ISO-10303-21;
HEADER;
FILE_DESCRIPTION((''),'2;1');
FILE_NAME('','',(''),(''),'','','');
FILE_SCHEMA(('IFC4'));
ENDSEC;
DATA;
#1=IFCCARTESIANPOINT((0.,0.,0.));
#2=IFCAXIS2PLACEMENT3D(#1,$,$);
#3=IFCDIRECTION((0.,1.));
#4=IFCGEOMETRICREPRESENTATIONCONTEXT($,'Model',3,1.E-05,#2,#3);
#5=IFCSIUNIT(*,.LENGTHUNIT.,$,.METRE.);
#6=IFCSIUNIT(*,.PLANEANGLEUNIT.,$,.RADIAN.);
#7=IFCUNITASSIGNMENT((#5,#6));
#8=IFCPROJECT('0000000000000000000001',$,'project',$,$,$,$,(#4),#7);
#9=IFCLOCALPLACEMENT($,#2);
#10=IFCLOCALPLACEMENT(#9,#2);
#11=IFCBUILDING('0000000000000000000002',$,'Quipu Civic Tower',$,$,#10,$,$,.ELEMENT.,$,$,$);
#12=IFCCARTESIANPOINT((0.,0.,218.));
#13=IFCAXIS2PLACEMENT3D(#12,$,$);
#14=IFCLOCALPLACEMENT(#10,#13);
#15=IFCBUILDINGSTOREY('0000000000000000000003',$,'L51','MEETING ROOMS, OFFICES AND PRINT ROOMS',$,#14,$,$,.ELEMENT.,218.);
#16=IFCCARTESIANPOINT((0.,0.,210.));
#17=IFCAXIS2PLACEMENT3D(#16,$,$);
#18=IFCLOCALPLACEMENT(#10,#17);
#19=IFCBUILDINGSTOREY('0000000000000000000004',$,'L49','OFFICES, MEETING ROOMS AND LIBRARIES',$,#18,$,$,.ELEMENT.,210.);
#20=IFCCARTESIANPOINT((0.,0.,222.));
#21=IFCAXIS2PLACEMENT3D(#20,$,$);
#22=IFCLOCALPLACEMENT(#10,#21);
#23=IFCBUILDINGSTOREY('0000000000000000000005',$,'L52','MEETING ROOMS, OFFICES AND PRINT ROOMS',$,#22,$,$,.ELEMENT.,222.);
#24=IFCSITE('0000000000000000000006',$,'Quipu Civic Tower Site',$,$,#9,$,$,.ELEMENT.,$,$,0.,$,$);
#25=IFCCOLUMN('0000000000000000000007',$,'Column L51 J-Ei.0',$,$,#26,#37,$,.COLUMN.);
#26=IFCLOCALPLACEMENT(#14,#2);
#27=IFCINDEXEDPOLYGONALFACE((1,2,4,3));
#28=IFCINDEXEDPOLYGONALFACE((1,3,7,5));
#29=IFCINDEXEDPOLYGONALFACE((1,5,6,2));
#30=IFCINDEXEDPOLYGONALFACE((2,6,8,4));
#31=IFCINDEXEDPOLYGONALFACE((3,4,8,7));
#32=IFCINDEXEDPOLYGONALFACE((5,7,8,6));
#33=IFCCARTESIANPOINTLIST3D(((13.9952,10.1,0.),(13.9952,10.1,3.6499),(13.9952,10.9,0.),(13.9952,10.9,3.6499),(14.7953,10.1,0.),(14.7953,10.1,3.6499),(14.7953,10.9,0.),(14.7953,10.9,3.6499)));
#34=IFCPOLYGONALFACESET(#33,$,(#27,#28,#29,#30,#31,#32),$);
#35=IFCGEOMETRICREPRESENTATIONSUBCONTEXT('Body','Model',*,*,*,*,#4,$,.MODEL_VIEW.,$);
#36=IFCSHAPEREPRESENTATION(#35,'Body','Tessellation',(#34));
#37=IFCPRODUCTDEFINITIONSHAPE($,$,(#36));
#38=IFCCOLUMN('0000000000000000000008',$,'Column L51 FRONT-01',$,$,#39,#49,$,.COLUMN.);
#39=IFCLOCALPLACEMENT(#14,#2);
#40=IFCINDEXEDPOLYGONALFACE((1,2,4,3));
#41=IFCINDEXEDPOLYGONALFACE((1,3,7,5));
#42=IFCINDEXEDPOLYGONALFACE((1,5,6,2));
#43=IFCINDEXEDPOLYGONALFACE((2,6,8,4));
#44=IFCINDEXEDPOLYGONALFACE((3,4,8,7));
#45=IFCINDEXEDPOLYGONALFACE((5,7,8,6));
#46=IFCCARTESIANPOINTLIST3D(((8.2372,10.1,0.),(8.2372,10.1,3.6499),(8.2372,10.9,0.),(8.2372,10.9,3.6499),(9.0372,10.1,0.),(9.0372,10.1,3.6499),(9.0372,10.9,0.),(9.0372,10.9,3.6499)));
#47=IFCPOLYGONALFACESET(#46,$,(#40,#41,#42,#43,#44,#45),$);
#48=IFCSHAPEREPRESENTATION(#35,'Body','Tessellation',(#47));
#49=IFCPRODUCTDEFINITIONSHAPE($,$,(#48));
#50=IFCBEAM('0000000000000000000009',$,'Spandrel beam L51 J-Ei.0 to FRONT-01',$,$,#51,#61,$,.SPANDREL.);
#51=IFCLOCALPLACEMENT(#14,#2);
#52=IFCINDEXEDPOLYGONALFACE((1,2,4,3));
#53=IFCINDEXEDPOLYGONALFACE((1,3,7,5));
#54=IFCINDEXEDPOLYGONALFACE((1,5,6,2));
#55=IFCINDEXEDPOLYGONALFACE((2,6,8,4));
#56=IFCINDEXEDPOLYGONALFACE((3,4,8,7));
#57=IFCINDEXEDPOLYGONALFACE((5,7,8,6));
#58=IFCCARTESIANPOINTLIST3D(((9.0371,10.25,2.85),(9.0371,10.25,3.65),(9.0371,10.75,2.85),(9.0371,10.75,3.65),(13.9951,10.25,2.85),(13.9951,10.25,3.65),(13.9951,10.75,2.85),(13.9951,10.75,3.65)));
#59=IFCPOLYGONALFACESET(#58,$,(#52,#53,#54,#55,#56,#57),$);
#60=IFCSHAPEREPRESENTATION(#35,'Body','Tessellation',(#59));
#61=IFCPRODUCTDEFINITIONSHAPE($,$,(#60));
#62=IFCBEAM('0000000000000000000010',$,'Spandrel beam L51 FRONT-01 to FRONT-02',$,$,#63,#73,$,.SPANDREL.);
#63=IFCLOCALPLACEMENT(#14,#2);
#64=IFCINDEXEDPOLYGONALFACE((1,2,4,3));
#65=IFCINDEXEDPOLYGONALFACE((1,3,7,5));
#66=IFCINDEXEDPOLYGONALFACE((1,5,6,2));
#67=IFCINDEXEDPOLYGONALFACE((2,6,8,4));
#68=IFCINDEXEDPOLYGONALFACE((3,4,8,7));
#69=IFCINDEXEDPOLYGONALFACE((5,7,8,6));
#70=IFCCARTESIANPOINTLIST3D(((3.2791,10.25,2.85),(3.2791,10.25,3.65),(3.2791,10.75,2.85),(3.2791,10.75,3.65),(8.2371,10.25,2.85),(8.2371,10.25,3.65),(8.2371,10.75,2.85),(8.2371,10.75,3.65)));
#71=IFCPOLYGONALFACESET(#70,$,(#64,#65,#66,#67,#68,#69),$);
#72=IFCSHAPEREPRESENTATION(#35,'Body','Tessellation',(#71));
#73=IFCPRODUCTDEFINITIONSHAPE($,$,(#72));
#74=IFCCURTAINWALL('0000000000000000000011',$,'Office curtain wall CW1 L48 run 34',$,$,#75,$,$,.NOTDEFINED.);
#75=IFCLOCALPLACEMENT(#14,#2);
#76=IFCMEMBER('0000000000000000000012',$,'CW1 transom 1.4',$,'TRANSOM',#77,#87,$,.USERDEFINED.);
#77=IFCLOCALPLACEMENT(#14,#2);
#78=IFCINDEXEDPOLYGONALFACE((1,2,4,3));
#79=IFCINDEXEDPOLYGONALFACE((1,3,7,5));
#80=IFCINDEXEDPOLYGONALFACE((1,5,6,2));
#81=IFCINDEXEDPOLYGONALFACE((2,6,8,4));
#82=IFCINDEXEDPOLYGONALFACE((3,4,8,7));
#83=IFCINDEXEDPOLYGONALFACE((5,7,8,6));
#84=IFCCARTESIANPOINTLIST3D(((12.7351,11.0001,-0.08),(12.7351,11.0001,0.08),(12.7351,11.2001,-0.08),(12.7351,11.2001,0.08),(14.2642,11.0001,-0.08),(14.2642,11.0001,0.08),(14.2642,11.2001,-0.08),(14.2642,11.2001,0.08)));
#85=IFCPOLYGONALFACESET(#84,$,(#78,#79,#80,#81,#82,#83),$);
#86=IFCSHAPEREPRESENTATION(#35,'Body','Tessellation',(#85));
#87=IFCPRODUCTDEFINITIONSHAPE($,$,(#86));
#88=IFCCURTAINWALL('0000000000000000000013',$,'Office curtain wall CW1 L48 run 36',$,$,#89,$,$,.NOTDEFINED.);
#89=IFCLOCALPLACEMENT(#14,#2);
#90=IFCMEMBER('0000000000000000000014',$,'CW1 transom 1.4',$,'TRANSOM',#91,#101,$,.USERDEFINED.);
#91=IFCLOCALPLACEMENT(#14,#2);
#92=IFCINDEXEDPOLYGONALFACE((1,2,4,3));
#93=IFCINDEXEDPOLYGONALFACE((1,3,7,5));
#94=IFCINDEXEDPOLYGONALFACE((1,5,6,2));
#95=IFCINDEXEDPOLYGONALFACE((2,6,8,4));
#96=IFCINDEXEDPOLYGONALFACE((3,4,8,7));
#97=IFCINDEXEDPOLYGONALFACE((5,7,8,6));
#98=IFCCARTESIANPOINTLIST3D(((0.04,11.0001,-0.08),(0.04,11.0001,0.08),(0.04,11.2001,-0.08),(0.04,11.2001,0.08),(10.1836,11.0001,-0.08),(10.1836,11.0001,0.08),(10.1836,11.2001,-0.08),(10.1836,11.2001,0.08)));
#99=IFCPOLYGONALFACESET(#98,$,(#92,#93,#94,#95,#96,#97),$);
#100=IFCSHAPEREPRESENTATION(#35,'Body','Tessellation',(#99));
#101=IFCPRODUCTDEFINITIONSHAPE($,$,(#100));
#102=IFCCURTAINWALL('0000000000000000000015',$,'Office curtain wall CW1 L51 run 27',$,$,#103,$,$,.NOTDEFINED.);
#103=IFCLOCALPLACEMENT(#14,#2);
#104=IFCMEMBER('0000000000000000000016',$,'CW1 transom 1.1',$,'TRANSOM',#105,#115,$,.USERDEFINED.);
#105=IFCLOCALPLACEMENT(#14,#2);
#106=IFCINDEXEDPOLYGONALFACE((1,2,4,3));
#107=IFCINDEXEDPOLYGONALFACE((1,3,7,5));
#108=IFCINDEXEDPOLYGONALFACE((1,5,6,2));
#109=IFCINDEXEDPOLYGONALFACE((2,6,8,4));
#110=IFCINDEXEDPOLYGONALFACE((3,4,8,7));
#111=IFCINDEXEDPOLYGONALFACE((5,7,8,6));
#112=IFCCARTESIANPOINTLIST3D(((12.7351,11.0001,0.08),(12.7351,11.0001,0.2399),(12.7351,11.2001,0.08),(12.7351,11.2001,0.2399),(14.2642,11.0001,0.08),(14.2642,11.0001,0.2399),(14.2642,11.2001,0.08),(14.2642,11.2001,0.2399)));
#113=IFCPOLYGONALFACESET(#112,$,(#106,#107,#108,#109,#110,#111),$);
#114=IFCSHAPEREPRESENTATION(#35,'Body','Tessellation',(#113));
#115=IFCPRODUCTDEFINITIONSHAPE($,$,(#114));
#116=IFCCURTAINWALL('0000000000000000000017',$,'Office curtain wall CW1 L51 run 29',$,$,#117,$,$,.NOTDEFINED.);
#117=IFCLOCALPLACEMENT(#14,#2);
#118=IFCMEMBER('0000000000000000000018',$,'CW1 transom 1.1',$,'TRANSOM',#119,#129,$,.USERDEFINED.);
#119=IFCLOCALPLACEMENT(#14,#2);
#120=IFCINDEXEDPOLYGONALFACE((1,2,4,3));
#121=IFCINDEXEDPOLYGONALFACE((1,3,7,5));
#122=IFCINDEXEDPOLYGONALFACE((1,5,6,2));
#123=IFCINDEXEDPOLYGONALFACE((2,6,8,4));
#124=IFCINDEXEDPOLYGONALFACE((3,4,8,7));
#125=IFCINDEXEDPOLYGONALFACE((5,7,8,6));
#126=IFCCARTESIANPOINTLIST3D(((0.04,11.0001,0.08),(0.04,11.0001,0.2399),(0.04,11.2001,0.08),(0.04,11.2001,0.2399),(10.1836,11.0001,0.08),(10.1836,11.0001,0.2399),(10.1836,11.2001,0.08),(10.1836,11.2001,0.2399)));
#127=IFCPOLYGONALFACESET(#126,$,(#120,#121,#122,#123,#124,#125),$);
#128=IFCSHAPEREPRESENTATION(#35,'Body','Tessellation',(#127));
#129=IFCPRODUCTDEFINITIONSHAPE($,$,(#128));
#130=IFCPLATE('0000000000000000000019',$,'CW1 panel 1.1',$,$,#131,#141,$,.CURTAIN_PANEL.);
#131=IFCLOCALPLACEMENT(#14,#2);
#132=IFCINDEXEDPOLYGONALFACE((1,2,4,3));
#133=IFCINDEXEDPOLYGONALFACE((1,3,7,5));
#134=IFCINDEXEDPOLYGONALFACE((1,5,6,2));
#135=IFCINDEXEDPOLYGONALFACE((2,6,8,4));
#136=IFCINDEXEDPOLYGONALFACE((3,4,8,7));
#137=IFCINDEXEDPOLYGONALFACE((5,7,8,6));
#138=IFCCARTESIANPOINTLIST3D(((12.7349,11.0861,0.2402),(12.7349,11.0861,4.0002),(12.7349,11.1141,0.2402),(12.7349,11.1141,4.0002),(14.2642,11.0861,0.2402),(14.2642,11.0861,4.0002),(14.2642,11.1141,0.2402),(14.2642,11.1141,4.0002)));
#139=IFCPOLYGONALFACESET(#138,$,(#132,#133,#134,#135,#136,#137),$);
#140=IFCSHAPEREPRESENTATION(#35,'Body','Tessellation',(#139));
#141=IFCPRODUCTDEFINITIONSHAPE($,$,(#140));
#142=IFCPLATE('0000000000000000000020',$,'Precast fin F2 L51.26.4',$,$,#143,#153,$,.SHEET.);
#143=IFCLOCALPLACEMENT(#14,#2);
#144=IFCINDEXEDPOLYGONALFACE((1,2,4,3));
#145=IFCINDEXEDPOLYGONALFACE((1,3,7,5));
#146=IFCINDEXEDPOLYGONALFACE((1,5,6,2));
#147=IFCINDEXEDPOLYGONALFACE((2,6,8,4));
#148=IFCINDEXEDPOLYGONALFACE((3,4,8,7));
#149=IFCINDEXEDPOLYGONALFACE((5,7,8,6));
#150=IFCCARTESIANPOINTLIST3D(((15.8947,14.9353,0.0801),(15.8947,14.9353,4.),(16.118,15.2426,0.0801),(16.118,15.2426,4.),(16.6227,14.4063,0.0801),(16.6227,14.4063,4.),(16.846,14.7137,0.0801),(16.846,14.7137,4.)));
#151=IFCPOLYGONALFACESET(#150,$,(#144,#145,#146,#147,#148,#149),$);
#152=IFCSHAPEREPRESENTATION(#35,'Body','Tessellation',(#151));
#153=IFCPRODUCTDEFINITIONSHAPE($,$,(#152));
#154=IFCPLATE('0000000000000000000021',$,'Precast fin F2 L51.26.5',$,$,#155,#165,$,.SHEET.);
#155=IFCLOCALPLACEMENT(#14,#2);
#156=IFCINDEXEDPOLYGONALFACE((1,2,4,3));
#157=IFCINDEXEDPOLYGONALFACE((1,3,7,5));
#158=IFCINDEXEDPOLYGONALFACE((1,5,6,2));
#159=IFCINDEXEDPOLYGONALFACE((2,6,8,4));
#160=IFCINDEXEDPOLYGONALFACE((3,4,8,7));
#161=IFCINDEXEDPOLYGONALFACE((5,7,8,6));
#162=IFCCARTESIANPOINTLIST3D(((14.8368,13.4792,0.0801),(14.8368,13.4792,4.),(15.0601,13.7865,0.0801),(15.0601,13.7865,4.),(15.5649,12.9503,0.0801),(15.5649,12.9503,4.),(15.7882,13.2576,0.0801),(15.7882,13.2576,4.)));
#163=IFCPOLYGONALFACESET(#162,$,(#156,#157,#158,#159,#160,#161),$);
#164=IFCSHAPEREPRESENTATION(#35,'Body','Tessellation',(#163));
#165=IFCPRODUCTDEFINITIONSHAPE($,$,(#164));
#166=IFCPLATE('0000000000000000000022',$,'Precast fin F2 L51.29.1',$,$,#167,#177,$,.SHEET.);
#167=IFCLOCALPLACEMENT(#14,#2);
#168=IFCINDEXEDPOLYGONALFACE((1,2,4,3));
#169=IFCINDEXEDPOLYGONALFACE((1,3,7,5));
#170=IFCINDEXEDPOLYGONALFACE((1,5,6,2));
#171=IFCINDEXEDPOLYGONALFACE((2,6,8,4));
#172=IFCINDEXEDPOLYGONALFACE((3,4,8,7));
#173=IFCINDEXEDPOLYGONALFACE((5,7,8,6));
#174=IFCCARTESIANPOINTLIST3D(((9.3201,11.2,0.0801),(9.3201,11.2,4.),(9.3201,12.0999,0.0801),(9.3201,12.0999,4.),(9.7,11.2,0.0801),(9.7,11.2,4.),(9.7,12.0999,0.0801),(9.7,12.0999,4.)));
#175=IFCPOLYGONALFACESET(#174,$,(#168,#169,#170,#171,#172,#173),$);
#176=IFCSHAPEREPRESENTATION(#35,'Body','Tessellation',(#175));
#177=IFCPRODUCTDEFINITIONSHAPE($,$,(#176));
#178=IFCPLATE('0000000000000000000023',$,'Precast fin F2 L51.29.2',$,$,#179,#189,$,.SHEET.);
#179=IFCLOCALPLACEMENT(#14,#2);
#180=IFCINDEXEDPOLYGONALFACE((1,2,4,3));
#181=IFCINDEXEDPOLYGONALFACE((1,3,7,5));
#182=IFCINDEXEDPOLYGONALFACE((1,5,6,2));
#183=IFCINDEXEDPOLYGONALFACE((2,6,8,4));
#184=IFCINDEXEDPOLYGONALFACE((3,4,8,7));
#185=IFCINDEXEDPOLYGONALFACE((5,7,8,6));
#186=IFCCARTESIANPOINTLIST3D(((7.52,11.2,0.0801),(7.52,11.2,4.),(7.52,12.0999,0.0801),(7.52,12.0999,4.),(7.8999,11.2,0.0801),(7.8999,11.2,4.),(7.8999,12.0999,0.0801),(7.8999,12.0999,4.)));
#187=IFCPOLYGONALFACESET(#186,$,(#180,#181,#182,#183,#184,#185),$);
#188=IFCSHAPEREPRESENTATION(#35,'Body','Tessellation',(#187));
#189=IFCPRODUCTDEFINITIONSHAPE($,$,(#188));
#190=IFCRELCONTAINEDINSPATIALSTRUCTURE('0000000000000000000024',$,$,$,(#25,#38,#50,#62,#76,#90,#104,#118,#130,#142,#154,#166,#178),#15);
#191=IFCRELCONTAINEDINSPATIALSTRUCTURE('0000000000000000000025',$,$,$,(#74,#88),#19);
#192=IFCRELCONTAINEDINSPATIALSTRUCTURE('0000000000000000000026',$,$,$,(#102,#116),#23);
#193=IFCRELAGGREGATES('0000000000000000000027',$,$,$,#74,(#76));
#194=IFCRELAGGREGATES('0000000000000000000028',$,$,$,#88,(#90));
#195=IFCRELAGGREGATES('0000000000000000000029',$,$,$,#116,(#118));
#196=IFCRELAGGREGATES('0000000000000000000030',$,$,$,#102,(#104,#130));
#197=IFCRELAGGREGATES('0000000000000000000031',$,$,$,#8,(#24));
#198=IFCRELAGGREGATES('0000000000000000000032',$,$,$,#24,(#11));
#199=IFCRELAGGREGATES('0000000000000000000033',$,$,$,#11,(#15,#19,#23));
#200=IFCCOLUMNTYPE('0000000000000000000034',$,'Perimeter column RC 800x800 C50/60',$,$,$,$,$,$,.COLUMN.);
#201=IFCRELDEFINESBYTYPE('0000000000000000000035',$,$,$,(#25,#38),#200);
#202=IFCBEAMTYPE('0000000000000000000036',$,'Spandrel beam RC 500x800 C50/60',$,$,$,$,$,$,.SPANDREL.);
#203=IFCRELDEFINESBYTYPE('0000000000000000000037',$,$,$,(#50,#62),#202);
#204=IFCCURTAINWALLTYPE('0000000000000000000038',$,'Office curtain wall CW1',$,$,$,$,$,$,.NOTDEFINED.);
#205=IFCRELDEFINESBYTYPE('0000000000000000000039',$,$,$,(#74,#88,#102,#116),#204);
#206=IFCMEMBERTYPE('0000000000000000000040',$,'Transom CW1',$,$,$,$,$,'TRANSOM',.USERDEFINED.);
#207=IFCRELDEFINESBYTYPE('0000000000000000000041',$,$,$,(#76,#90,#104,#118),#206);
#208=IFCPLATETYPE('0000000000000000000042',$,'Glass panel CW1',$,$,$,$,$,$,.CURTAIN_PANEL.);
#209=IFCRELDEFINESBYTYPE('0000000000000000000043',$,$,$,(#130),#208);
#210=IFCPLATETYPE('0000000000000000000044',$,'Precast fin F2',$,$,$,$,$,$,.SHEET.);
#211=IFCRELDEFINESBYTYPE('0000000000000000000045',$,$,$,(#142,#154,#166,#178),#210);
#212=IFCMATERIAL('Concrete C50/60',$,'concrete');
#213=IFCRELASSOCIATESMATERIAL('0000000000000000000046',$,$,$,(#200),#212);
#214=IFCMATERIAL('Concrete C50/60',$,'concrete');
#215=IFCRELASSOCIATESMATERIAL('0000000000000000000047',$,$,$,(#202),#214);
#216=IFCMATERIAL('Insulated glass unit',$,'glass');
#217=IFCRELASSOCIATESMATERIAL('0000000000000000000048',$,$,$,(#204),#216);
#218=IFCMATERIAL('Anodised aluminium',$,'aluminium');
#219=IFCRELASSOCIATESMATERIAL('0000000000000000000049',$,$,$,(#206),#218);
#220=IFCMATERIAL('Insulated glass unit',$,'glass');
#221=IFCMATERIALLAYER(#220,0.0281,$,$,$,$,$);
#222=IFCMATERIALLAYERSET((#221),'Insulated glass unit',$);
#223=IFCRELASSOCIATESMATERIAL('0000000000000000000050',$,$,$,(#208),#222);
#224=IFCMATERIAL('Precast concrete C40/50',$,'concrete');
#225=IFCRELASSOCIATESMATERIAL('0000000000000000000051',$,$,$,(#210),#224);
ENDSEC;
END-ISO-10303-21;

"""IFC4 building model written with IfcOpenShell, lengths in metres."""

from ifc_helpers import new_model, si_unit, direction, frame, origin, origin_2d, place, context, subcontext, project, spatial, rectangle, extrude, material, layer, layer_set, material_profile, profile_set, type_object, element, aggregate, save


model = new_model("IFC4")

# Units and contexts
model_context = context("Model", 3, precision=1e-05, world=origin(), true_north=direction((0.0, 1.0)))
body_context = subcontext(model_context, "Body", "Model", "MODEL_VIEW")
ifc_project = project(units=[si_unit("LENGTHUNIT", "METRE"), si_unit("PLANEANGLEUNIT", "RADIAN")], contexts=[model_context])

# Site, building, storey
site_placement = place(None, origin())
site = spatial("IfcSite", under=ifc_project, at=site_placement, Name="Quipu Civic Tower Site", CompositionType="ELEMENT", RefElevation=0.0)
building_placement = place(site_placement, origin())
building = spatial("IfcBuilding", under=site, at=building_placement, Name="Quipu Civic Tower", CompositionType="ELEMENT")
storey_1_placement = place(building_placement, frame((0.0, 0.0, 218.0)))
storey_1 = spatial("IfcBuildingStorey", under=building, at=storey_1_placement, Name="L51", Description="MEETING ROOMS, OFFICES AND PRINT ROOMS", CompositionType="ELEMENT", Elevation=218.0)

# Columns
ifc_material_1 = material(Name="Concrete C50/60", Category="concrete")
ifc_material_profile_1 = material_profile(ifc_material_1, rectangle(XDim=0.8, YDim=0.8, at=origin_2d()), Name="RC800x800")
ifc_profile_set_1 = profile_set([ifc_material_profile_1], Name="Concrete C50/60")
column_type = type_object("IfcColumnType", Name="Perimeter column RC 800x800 C50/60", PredefinedType="COLUMN", material=ifc_profile_set_1)
for number, where, z_axis, x_axis, name in (
    (1, (14.3953, 10.5, 0.0), (0.0, 0.0, 1.0), (-1.0, 0.0, 0.0), "Column L51 J-Ei.0"),
    (2, (8.6372, 10.5, 0.0), (0.0, 0.0, 1.0), (-1.0, 0.0, 0.0), "Column L51 FRONT-01"),
):
    element("IfcColumn", number, at=place(storey_1_placement, frame(where, z_axis=z_axis, x_axis=x_axis)), inside=storey_1, type_object=column_type, Name=name, PredefinedType="COLUMN", context=body_context, shape_type="SweptSolid", body=[
        extrude(rectangle(XDim=0.8, YDim=0.8, at=origin_2d()), origin(), (0.0, 0.0, 1.0), 3.6499),
    ])

# Beams
ifc_material_2 = material(Name="Concrete C50/60", Category="concrete")
ifc_material_profile_2 = material_profile(ifc_material_2, rectangle(XDim=0.5, YDim=0.8, at=origin_2d()), Name="RC500x800")
ifc_profile_set_2 = profile_set([ifc_material_profile_2], Name="Concrete C50/60")
beam_type = type_object("IfcBeamType", Name="Spandrel beam RC 500x800 C50/60", PredefinedType="SPANDREL", material=ifc_profile_set_2)
for number, where, z_axis, x_axis, name in (
    (3, (13.9951, 10.5, 3.25), (-1.0, 0.0, 0.0), (0.0, -1.0, 0.0), "Spandrel beam L51 J-Ei.0 to FRONT-01"),
    (4, (8.2371, 10.5, 3.25), (-1.0, 0.0, 0.0), (0.0, -1.0, 0.0), "Spandrel beam L51 FRONT-01 to FRONT-02"),
):
    element("IfcBeam", number, at=place(storey_1_placement, frame(where, z_axis=z_axis, x_axis=x_axis)), inside=storey_1, type_object=beam_type, Name=name, PredefinedType="SPANDREL", context=body_context, shape_type="SweptSolid", body=[
        extrude(rectangle(XDim=0.5, YDim=0.8, at=origin_2d()), origin(), (0.0, 0.0, 1.0), 4.958),
    ])

# Shared definitions
storey_2_placement = place(building_placement, frame((0.0, 0.0, 210.0)))
storey_2 = spatial("IfcBuildingStorey", under=building, at=storey_2_placement, Name="L49", Description="OFFICES, MEETING ROOMS AND LIBRARIES", CompositionType="ELEMENT", Elevation=210.0)

# Curtain walls, members
ifc_material_3 = material(Name="Insulated glass unit", Category="glass")
curtain_wall_type = type_object("IfcCurtainWallType", Name="Office curtain wall CW1", PredefinedType="NOTDEFINED", material=ifc_material_3)
curtain_wall_1_placement = place(storey_2_placement, origin())
curtain_wall_1 = element("IfcCurtainWall", 5, at=curtain_wall_1_placement, inside=storey_2, type_object=curtain_wall_type, Name="Office curtain wall CW1 L48 run 34", PredefinedType="NOTDEFINED")
ifc_material_4 = material(Name="Anodised aluminium", Category="aluminium")
ifc_material_profile_3 = material_profile(ifc_material_4, rectangle(XDim=0.2, YDim=0.1599, at=origin_2d()), Name="RECT 200x160")
ifc_profile_set_3 = profile_set([ifc_material_profile_3], Name="Anodised aluminium")
member_type = type_object("IfcMemberType", Name="Transom CW1", ElementType="TRANSOM", PredefinedType="USERDEFINED", material=ifc_profile_set_3)
member_1_placement = place(storey_1_placement, frame((14.2642, 11.1001, 0.0), z_axis=(-1.0, 0.0, 0.0), x_axis=(0.0, -1.0, 0.0)))
member_1 = element("IfcMember", 6, at=member_1_placement, inside=storey_1, type_object=member_type, Name="CW1 transom 1.4", ObjectType="TRANSOM", PredefinedType="USERDEFINED", context=body_context, shape_type="SweptSolid", body=[
    extrude(rectangle(XDim=0.2, YDim=0.1599, at=origin_2d()), origin(), (0.0, 0.0, 1.0), 1.5291),
])
aggregate(curtain_wall_1, [member_1])
curtain_wall_2_placement = place(storey_2_placement, origin())
curtain_wall_2 = element("IfcCurtainWall", 7, at=curtain_wall_2_placement, inside=storey_2, type_object=curtain_wall_type, Name="Office curtain wall CW1 L48 run 36", PredefinedType="NOTDEFINED")
member_2_placement = place(storey_1_placement, frame((10.1836, 11.1001, 0.0), z_axis=(-1.0, 0.0, 0.0), x_axis=(0.0, -1.0, 0.0)))
member_2 = element("IfcMember", 8, at=member_2_placement, inside=storey_1, type_object=member_type, Name="CW1 transom 1.4", ObjectType="TRANSOM", PredefinedType="USERDEFINED", context=body_context, shape_type="SweptSolid", body=[
    extrude(rectangle(XDim=0.2, YDim=0.1599, at=origin_2d()), origin(), (0.0, 0.0, 1.0), 10.1436),
])
aggregate(curtain_wall_2, [member_2])

# Shared definitions
storey_3_placement = place(building_placement, frame((0.0, 0.0, 222.0)))
storey_3 = spatial("IfcBuildingStorey", under=building, at=storey_3_placement, Name="L52", Description="MEETING ROOMS, OFFICES AND PRINT ROOMS", CompositionType="ELEMENT", Elevation=222.0)

# Curtain walls, members
curtain_wall_3_placement = place(storey_3_placement, origin())
curtain_wall_3 = element("IfcCurtainWall", 9, at=curtain_wall_3_placement, inside=storey_3, type_object=curtain_wall_type, Name="Office curtain wall CW1 L51 run 27", PredefinedType="NOTDEFINED")
member_3_placement = place(storey_1_placement, frame((14.2642, 11.1001, 0.1599), z_axis=(-1.0, 0.0, 0.0), x_axis=(0.0, -1.0, 0.0)))
member_3 = element("IfcMember", 10, at=member_3_placement, inside=storey_1, type_object=member_type, Name="CW1 transom 1.1", ObjectType="TRANSOM", PredefinedType="USERDEFINED", context=body_context, shape_type="SweptSolid", body=[
    extrude(rectangle(XDim=0.2, YDim=0.1599, at=origin_2d()), origin(), (0.0, 0.0, 1.0), 1.5291),
])
curtain_wall_4_placement = place(storey_3_placement, origin())
curtain_wall_4 = element("IfcCurtainWall", 11, at=curtain_wall_4_placement, inside=storey_3, type_object=curtain_wall_type, Name="Office curtain wall CW1 L51 run 29", PredefinedType="NOTDEFINED")
member_4_placement = place(storey_1_placement, frame((10.1836, 11.1001, 0.1599), z_axis=(-1.0, 0.0, 0.0), x_axis=(0.0, -1.0, 0.0)))
member_4 = element("IfcMember", 12, at=member_4_placement, inside=storey_1, type_object=member_type, Name="CW1 transom 1.1", ObjectType="TRANSOM", PredefinedType="USERDEFINED", context=body_context, shape_type="SweptSolid", body=[
    extrude(rectangle(XDim=0.2, YDim=0.1599, at=origin_2d()), origin(), (0.0, 0.0, 1.0), 10.1436),
])
aggregate(curtain_wall_4, [member_4])

# Plate
ifc_material_5 = material(Name="Insulated glass unit", Category="glass")
ifc_layer_1 = layer(ifc_material_5, 0.0281)
ifc_layer_set_1 = layer_set([ifc_layer_1], Name="Insulated glass unit")
plate_type_1 = type_object("IfcPlateType", Name="Glass panel CW1", PredefinedType="CURTAIN_PANEL", material=ifc_layer_set_1)
plate_placement = place(storey_1_placement, frame((13.4995, 11.1001, 0.2402), z_axis=(0.0, 0.0, 1.0), x_axis=(-1.0, 0.0, 0.0)))
plate = element("IfcPlate", 13, at=plate_placement, inside=storey_1, type_object=plate_type_1, Name="CW1 panel 1.1", PredefinedType="CURTAIN_PANEL", context=body_context, shape_type="SweptSolid", body=[
    extrude(rectangle(XDim=1.5293, YDim=0.0281, at=origin_2d()), origin(), (0.0, 0.0, 1.0), 3.76),
])
aggregate(curtain_wall_3, [member_3, plate])

# Plates
ifc_material_6 = material(Name="Precast concrete C40/50", Category="concrete")
plate_type_2 = type_object("IfcPlateType", Name="Precast fin F2", PredefinedType="SHEET", material=ifc_material_6)
for number, where, z_axis, x_axis, name in (
    (14, (16.3704, 14.8245, 0.0801), (0.0, 0.0, 1.0), (-0.587784, -0.809018, 0.0), "Precast fin F2 L51.26.4"),
    (15, (15.3125, 13.3684, 0.0801), (0.0, 0.0, 1.0), (-0.587784, -0.809018, 0.0), "Precast fin F2 L51.26.5"),
    (16, (9.51, 11.6499, 0.0801), (0.0, 0.0, 1.0), (-1.0, 0.0, 0.0), "Precast fin F2 L51.29.1"),
    (17, (7.71, 11.6499, 0.0801), (0.0, 0.0, 1.0), (-1.0, 0.0, 0.0), "Precast fin F2 L51.29.2"),
):
    element("IfcPlate", number, at=place(storey_1_placement, frame(where, z_axis=z_axis, x_axis=x_axis)), inside=storey_1, type_object=plate_type_2, Name=name, PredefinedType="SHEET", context=body_context, shape_type="SweptSolid", body=[
        extrude(rectangle(XDim=0.3799, YDim=0.8999, at=origin_2d()), origin(), (0.0, 0.0, 1.0), 3.9199),
    ])

save(model, "model.ifc")
